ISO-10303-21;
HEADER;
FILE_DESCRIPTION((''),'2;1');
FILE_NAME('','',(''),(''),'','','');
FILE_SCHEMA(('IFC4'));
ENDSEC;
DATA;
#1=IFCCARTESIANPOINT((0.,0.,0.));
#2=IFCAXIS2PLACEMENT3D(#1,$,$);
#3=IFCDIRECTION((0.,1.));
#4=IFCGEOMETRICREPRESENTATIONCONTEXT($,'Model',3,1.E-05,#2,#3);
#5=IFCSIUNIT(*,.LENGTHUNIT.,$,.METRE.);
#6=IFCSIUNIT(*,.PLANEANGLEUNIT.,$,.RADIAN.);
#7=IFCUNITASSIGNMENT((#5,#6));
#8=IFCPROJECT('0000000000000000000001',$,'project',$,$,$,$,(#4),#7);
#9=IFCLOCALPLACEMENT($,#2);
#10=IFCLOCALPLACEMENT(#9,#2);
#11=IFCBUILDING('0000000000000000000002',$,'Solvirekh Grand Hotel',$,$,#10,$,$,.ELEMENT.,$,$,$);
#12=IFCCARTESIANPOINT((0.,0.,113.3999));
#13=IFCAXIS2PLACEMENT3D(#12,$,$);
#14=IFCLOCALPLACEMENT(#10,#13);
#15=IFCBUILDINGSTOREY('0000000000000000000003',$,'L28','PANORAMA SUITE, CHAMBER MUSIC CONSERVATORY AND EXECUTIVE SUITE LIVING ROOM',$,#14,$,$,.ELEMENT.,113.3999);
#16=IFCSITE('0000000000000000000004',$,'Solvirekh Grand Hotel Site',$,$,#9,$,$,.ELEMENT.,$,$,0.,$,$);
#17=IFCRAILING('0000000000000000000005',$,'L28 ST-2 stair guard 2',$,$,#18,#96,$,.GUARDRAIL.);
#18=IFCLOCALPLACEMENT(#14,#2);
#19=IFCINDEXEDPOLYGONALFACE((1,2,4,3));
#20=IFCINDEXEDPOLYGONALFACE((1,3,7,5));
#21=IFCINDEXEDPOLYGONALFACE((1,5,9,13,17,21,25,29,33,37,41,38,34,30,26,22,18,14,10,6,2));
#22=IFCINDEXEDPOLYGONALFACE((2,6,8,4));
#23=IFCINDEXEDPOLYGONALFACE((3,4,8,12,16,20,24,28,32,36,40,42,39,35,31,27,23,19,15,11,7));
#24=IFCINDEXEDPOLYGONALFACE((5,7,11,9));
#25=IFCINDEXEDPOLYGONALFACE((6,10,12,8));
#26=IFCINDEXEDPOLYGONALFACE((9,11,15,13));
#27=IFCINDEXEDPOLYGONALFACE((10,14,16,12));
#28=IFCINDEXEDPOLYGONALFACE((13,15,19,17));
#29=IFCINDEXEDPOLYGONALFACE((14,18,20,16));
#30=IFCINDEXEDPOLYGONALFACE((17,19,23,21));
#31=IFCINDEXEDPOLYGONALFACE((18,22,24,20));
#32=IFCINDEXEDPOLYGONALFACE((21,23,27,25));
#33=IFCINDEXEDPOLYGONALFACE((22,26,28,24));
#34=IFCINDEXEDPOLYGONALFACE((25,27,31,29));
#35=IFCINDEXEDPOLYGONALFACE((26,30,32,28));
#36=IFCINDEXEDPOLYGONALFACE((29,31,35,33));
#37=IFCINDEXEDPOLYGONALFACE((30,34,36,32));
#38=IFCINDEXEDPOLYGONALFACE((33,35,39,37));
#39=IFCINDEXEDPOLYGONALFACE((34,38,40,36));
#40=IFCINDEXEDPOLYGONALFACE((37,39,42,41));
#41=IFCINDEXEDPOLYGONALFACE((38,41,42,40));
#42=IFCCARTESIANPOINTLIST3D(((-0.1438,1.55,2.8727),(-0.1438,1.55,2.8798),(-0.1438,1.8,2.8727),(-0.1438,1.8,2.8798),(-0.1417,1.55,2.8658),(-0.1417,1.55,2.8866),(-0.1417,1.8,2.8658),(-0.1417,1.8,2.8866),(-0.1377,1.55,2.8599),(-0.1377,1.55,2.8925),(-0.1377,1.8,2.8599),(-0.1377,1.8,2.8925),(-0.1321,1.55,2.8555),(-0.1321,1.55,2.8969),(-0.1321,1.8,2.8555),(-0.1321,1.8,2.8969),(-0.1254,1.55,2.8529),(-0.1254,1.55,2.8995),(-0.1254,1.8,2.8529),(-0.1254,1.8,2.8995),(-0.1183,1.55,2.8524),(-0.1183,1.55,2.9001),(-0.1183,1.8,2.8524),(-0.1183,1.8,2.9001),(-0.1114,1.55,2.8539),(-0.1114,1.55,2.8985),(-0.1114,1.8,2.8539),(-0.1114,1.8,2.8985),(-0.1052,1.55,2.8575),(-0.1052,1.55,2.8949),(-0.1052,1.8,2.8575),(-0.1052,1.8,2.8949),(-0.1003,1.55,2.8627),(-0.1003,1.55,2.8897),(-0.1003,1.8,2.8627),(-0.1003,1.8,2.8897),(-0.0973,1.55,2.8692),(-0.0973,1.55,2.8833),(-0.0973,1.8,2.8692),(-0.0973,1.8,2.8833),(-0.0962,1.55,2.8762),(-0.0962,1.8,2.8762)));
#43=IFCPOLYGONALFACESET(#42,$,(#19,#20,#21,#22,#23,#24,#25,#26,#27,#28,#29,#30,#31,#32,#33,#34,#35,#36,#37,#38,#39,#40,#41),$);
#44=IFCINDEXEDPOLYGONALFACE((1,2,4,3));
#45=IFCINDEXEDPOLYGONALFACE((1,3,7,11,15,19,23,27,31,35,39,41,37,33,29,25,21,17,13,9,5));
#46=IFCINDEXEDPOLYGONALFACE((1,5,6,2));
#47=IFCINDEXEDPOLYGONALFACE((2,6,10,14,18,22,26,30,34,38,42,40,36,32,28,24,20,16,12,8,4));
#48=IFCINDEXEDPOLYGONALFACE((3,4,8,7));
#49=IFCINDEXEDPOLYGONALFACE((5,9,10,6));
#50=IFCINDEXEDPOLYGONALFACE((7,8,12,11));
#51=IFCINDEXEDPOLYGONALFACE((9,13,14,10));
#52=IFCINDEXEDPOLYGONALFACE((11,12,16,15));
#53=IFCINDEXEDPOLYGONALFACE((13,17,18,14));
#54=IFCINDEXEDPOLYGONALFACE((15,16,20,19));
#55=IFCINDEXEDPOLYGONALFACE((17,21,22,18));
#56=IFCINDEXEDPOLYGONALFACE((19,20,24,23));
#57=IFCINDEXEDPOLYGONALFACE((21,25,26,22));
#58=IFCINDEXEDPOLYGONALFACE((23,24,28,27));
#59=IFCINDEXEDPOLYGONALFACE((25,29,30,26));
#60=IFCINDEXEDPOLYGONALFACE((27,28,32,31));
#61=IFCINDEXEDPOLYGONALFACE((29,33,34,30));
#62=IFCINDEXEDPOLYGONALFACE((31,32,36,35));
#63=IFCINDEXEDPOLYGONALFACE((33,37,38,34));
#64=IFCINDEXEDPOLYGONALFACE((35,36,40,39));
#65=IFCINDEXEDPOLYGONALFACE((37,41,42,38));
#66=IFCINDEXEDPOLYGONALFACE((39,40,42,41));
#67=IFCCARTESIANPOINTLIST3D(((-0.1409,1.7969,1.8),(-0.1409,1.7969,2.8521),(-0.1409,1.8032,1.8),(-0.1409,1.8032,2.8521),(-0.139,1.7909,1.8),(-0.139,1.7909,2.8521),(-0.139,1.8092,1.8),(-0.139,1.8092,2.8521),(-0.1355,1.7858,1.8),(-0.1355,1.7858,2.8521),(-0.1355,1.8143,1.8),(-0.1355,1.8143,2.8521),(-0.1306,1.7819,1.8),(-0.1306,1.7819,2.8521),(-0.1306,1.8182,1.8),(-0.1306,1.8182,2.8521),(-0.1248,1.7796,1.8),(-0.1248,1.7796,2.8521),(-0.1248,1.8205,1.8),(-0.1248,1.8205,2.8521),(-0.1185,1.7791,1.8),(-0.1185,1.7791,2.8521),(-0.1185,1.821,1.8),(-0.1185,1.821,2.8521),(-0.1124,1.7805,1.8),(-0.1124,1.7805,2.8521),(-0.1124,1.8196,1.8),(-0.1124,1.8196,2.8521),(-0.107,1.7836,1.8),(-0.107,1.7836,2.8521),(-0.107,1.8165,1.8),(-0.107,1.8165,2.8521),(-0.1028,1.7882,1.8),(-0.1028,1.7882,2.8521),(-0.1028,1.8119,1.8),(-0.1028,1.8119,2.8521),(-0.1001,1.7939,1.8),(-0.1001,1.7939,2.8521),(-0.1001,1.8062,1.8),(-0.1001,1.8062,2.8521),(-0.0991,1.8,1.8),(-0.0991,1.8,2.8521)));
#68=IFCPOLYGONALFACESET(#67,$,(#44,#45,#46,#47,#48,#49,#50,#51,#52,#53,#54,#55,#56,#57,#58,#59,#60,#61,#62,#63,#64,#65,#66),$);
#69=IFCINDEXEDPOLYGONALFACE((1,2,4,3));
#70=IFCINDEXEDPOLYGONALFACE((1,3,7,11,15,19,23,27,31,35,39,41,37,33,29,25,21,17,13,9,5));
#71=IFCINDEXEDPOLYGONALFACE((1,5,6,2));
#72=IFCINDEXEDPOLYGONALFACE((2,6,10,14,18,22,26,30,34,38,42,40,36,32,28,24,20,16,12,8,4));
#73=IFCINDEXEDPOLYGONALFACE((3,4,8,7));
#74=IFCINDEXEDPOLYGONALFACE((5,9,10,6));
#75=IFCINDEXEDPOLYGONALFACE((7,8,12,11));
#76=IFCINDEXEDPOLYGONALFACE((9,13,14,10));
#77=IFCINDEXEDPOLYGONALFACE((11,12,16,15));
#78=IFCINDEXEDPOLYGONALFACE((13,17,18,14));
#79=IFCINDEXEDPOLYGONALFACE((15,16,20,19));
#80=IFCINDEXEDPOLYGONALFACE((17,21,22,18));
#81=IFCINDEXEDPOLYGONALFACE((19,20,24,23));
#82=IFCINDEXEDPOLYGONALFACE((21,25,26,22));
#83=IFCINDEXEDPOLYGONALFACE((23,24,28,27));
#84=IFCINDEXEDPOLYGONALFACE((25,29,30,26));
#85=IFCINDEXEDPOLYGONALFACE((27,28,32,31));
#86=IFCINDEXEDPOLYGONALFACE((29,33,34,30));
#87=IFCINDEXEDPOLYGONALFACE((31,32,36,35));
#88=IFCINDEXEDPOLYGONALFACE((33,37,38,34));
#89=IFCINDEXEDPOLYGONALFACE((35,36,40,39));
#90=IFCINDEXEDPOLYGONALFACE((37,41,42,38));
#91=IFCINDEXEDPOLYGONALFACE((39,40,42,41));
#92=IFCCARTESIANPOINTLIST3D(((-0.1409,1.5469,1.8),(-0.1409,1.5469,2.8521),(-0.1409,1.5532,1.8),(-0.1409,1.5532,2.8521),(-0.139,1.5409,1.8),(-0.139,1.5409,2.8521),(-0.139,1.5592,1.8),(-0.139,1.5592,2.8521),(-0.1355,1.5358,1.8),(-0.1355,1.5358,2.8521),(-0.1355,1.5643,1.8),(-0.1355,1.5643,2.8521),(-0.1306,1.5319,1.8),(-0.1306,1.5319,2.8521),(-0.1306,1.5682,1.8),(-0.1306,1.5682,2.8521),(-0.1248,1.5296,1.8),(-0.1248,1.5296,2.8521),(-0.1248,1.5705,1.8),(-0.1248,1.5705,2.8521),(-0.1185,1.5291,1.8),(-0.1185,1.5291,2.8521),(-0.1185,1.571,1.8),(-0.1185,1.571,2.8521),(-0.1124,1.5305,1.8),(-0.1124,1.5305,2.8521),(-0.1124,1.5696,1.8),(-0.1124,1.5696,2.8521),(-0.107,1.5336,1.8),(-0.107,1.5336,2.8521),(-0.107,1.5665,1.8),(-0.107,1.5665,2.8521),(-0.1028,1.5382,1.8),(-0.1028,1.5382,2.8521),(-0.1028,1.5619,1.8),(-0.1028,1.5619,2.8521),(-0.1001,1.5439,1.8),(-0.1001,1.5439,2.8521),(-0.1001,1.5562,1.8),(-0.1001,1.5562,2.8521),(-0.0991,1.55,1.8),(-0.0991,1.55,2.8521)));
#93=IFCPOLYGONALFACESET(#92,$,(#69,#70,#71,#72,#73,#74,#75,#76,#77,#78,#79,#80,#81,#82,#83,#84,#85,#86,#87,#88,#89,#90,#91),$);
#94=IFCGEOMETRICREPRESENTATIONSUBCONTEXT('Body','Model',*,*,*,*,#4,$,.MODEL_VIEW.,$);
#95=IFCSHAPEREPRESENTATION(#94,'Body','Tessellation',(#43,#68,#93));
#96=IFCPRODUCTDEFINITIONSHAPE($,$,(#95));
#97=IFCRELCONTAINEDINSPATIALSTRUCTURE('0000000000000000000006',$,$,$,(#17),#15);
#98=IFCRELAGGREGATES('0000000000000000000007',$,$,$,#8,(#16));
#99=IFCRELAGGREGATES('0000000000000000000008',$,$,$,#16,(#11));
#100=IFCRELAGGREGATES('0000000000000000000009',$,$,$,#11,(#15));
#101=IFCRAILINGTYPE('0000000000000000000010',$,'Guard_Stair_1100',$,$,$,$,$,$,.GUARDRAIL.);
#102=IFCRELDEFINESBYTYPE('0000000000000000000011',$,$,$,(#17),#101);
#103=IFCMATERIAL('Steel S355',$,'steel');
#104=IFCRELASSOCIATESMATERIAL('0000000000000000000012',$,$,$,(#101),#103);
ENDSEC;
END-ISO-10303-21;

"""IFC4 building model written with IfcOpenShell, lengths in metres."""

from ifc_helpers import new_model, si_unit, direction, frame, origin, origin_2d, place, context, subcontext, project, spatial, circle, extrude, material, type_object, element, save


model = new_model("IFC4")

# Units and contexts
model_context = context("Model", 3, precision=1e-05, world=origin(), true_north=direction((0.0, 1.0)))
body_context = subcontext(model_context, "Body", "Model", "MODEL_VIEW")
ifc_project = project(units=[si_unit("LENGTHUNIT", "METRE"), si_unit("PLANEANGLEUNIT", "RADIAN")], contexts=[model_context])

# Site, building, storey
site_placement = place(None, origin())
site = spatial("IfcSite", under=ifc_project, at=site_placement, Name="Solvirekh Grand Hotel Site", CompositionType="ELEMENT", RefElevation=0.0)
building_placement = place(site_placement, origin())
building = spatial("IfcBuilding", under=site, at=building_placement, Name="Solvirekh Grand Hotel", CompositionType="ELEMENT")
storey_placement = place(building_placement, frame((0.0, 0.0, 113.3999)))
storey = spatial("IfcBuildingStorey", under=building, at=storey_placement, Name="L28", Description="PANORAMA SUITE, CHAMBER MUSIC CONSERVATORY AND EXECUTIVE SUITE LIVING ROOM", CompositionType="ELEMENT", Elevation=113.3999)

# Shared definitions
ifc_material_1 = material(Name="Steel S355", Category="steel")

# Railing
railing_type = type_object("IfcRailingType", Name="Guard_Stair_1100", PredefinedType="GUARDRAIL", material=ifc_material_1)
railing_1_placement = place(storey_placement, frame((-0.1201, 1.8, 1.8)))
element("IfcRailing", 1, at=railing_1_placement, inside=storey, type_object=railing_type, Name="L28 ST-2 stair guard 2", PredefinedType="GUARDRAIL", context=body_context, shape_type="SweptSolid", body=[
    extrude(circle(Radius=0.0239, at=origin_2d()), frame((0.0, 0.0, 1.0762), z_axis=(0.0, -1.0, 0.0), x_axis=(1.0, 0.0, 0.0)), (0.0, 0.0, 1.0), 0.25),
    extrude(circle(Radius=0.021, at=origin_2d()), origin(), (0.0, 0.0, 1.0), 1.052),
    extrude(circle(Radius=0.021, at=origin_2d()), frame((0.0, -0.25, 0.0)), (0.0, 0.0, 1.0), 1.052),
])

save(model, "model.ifc")
